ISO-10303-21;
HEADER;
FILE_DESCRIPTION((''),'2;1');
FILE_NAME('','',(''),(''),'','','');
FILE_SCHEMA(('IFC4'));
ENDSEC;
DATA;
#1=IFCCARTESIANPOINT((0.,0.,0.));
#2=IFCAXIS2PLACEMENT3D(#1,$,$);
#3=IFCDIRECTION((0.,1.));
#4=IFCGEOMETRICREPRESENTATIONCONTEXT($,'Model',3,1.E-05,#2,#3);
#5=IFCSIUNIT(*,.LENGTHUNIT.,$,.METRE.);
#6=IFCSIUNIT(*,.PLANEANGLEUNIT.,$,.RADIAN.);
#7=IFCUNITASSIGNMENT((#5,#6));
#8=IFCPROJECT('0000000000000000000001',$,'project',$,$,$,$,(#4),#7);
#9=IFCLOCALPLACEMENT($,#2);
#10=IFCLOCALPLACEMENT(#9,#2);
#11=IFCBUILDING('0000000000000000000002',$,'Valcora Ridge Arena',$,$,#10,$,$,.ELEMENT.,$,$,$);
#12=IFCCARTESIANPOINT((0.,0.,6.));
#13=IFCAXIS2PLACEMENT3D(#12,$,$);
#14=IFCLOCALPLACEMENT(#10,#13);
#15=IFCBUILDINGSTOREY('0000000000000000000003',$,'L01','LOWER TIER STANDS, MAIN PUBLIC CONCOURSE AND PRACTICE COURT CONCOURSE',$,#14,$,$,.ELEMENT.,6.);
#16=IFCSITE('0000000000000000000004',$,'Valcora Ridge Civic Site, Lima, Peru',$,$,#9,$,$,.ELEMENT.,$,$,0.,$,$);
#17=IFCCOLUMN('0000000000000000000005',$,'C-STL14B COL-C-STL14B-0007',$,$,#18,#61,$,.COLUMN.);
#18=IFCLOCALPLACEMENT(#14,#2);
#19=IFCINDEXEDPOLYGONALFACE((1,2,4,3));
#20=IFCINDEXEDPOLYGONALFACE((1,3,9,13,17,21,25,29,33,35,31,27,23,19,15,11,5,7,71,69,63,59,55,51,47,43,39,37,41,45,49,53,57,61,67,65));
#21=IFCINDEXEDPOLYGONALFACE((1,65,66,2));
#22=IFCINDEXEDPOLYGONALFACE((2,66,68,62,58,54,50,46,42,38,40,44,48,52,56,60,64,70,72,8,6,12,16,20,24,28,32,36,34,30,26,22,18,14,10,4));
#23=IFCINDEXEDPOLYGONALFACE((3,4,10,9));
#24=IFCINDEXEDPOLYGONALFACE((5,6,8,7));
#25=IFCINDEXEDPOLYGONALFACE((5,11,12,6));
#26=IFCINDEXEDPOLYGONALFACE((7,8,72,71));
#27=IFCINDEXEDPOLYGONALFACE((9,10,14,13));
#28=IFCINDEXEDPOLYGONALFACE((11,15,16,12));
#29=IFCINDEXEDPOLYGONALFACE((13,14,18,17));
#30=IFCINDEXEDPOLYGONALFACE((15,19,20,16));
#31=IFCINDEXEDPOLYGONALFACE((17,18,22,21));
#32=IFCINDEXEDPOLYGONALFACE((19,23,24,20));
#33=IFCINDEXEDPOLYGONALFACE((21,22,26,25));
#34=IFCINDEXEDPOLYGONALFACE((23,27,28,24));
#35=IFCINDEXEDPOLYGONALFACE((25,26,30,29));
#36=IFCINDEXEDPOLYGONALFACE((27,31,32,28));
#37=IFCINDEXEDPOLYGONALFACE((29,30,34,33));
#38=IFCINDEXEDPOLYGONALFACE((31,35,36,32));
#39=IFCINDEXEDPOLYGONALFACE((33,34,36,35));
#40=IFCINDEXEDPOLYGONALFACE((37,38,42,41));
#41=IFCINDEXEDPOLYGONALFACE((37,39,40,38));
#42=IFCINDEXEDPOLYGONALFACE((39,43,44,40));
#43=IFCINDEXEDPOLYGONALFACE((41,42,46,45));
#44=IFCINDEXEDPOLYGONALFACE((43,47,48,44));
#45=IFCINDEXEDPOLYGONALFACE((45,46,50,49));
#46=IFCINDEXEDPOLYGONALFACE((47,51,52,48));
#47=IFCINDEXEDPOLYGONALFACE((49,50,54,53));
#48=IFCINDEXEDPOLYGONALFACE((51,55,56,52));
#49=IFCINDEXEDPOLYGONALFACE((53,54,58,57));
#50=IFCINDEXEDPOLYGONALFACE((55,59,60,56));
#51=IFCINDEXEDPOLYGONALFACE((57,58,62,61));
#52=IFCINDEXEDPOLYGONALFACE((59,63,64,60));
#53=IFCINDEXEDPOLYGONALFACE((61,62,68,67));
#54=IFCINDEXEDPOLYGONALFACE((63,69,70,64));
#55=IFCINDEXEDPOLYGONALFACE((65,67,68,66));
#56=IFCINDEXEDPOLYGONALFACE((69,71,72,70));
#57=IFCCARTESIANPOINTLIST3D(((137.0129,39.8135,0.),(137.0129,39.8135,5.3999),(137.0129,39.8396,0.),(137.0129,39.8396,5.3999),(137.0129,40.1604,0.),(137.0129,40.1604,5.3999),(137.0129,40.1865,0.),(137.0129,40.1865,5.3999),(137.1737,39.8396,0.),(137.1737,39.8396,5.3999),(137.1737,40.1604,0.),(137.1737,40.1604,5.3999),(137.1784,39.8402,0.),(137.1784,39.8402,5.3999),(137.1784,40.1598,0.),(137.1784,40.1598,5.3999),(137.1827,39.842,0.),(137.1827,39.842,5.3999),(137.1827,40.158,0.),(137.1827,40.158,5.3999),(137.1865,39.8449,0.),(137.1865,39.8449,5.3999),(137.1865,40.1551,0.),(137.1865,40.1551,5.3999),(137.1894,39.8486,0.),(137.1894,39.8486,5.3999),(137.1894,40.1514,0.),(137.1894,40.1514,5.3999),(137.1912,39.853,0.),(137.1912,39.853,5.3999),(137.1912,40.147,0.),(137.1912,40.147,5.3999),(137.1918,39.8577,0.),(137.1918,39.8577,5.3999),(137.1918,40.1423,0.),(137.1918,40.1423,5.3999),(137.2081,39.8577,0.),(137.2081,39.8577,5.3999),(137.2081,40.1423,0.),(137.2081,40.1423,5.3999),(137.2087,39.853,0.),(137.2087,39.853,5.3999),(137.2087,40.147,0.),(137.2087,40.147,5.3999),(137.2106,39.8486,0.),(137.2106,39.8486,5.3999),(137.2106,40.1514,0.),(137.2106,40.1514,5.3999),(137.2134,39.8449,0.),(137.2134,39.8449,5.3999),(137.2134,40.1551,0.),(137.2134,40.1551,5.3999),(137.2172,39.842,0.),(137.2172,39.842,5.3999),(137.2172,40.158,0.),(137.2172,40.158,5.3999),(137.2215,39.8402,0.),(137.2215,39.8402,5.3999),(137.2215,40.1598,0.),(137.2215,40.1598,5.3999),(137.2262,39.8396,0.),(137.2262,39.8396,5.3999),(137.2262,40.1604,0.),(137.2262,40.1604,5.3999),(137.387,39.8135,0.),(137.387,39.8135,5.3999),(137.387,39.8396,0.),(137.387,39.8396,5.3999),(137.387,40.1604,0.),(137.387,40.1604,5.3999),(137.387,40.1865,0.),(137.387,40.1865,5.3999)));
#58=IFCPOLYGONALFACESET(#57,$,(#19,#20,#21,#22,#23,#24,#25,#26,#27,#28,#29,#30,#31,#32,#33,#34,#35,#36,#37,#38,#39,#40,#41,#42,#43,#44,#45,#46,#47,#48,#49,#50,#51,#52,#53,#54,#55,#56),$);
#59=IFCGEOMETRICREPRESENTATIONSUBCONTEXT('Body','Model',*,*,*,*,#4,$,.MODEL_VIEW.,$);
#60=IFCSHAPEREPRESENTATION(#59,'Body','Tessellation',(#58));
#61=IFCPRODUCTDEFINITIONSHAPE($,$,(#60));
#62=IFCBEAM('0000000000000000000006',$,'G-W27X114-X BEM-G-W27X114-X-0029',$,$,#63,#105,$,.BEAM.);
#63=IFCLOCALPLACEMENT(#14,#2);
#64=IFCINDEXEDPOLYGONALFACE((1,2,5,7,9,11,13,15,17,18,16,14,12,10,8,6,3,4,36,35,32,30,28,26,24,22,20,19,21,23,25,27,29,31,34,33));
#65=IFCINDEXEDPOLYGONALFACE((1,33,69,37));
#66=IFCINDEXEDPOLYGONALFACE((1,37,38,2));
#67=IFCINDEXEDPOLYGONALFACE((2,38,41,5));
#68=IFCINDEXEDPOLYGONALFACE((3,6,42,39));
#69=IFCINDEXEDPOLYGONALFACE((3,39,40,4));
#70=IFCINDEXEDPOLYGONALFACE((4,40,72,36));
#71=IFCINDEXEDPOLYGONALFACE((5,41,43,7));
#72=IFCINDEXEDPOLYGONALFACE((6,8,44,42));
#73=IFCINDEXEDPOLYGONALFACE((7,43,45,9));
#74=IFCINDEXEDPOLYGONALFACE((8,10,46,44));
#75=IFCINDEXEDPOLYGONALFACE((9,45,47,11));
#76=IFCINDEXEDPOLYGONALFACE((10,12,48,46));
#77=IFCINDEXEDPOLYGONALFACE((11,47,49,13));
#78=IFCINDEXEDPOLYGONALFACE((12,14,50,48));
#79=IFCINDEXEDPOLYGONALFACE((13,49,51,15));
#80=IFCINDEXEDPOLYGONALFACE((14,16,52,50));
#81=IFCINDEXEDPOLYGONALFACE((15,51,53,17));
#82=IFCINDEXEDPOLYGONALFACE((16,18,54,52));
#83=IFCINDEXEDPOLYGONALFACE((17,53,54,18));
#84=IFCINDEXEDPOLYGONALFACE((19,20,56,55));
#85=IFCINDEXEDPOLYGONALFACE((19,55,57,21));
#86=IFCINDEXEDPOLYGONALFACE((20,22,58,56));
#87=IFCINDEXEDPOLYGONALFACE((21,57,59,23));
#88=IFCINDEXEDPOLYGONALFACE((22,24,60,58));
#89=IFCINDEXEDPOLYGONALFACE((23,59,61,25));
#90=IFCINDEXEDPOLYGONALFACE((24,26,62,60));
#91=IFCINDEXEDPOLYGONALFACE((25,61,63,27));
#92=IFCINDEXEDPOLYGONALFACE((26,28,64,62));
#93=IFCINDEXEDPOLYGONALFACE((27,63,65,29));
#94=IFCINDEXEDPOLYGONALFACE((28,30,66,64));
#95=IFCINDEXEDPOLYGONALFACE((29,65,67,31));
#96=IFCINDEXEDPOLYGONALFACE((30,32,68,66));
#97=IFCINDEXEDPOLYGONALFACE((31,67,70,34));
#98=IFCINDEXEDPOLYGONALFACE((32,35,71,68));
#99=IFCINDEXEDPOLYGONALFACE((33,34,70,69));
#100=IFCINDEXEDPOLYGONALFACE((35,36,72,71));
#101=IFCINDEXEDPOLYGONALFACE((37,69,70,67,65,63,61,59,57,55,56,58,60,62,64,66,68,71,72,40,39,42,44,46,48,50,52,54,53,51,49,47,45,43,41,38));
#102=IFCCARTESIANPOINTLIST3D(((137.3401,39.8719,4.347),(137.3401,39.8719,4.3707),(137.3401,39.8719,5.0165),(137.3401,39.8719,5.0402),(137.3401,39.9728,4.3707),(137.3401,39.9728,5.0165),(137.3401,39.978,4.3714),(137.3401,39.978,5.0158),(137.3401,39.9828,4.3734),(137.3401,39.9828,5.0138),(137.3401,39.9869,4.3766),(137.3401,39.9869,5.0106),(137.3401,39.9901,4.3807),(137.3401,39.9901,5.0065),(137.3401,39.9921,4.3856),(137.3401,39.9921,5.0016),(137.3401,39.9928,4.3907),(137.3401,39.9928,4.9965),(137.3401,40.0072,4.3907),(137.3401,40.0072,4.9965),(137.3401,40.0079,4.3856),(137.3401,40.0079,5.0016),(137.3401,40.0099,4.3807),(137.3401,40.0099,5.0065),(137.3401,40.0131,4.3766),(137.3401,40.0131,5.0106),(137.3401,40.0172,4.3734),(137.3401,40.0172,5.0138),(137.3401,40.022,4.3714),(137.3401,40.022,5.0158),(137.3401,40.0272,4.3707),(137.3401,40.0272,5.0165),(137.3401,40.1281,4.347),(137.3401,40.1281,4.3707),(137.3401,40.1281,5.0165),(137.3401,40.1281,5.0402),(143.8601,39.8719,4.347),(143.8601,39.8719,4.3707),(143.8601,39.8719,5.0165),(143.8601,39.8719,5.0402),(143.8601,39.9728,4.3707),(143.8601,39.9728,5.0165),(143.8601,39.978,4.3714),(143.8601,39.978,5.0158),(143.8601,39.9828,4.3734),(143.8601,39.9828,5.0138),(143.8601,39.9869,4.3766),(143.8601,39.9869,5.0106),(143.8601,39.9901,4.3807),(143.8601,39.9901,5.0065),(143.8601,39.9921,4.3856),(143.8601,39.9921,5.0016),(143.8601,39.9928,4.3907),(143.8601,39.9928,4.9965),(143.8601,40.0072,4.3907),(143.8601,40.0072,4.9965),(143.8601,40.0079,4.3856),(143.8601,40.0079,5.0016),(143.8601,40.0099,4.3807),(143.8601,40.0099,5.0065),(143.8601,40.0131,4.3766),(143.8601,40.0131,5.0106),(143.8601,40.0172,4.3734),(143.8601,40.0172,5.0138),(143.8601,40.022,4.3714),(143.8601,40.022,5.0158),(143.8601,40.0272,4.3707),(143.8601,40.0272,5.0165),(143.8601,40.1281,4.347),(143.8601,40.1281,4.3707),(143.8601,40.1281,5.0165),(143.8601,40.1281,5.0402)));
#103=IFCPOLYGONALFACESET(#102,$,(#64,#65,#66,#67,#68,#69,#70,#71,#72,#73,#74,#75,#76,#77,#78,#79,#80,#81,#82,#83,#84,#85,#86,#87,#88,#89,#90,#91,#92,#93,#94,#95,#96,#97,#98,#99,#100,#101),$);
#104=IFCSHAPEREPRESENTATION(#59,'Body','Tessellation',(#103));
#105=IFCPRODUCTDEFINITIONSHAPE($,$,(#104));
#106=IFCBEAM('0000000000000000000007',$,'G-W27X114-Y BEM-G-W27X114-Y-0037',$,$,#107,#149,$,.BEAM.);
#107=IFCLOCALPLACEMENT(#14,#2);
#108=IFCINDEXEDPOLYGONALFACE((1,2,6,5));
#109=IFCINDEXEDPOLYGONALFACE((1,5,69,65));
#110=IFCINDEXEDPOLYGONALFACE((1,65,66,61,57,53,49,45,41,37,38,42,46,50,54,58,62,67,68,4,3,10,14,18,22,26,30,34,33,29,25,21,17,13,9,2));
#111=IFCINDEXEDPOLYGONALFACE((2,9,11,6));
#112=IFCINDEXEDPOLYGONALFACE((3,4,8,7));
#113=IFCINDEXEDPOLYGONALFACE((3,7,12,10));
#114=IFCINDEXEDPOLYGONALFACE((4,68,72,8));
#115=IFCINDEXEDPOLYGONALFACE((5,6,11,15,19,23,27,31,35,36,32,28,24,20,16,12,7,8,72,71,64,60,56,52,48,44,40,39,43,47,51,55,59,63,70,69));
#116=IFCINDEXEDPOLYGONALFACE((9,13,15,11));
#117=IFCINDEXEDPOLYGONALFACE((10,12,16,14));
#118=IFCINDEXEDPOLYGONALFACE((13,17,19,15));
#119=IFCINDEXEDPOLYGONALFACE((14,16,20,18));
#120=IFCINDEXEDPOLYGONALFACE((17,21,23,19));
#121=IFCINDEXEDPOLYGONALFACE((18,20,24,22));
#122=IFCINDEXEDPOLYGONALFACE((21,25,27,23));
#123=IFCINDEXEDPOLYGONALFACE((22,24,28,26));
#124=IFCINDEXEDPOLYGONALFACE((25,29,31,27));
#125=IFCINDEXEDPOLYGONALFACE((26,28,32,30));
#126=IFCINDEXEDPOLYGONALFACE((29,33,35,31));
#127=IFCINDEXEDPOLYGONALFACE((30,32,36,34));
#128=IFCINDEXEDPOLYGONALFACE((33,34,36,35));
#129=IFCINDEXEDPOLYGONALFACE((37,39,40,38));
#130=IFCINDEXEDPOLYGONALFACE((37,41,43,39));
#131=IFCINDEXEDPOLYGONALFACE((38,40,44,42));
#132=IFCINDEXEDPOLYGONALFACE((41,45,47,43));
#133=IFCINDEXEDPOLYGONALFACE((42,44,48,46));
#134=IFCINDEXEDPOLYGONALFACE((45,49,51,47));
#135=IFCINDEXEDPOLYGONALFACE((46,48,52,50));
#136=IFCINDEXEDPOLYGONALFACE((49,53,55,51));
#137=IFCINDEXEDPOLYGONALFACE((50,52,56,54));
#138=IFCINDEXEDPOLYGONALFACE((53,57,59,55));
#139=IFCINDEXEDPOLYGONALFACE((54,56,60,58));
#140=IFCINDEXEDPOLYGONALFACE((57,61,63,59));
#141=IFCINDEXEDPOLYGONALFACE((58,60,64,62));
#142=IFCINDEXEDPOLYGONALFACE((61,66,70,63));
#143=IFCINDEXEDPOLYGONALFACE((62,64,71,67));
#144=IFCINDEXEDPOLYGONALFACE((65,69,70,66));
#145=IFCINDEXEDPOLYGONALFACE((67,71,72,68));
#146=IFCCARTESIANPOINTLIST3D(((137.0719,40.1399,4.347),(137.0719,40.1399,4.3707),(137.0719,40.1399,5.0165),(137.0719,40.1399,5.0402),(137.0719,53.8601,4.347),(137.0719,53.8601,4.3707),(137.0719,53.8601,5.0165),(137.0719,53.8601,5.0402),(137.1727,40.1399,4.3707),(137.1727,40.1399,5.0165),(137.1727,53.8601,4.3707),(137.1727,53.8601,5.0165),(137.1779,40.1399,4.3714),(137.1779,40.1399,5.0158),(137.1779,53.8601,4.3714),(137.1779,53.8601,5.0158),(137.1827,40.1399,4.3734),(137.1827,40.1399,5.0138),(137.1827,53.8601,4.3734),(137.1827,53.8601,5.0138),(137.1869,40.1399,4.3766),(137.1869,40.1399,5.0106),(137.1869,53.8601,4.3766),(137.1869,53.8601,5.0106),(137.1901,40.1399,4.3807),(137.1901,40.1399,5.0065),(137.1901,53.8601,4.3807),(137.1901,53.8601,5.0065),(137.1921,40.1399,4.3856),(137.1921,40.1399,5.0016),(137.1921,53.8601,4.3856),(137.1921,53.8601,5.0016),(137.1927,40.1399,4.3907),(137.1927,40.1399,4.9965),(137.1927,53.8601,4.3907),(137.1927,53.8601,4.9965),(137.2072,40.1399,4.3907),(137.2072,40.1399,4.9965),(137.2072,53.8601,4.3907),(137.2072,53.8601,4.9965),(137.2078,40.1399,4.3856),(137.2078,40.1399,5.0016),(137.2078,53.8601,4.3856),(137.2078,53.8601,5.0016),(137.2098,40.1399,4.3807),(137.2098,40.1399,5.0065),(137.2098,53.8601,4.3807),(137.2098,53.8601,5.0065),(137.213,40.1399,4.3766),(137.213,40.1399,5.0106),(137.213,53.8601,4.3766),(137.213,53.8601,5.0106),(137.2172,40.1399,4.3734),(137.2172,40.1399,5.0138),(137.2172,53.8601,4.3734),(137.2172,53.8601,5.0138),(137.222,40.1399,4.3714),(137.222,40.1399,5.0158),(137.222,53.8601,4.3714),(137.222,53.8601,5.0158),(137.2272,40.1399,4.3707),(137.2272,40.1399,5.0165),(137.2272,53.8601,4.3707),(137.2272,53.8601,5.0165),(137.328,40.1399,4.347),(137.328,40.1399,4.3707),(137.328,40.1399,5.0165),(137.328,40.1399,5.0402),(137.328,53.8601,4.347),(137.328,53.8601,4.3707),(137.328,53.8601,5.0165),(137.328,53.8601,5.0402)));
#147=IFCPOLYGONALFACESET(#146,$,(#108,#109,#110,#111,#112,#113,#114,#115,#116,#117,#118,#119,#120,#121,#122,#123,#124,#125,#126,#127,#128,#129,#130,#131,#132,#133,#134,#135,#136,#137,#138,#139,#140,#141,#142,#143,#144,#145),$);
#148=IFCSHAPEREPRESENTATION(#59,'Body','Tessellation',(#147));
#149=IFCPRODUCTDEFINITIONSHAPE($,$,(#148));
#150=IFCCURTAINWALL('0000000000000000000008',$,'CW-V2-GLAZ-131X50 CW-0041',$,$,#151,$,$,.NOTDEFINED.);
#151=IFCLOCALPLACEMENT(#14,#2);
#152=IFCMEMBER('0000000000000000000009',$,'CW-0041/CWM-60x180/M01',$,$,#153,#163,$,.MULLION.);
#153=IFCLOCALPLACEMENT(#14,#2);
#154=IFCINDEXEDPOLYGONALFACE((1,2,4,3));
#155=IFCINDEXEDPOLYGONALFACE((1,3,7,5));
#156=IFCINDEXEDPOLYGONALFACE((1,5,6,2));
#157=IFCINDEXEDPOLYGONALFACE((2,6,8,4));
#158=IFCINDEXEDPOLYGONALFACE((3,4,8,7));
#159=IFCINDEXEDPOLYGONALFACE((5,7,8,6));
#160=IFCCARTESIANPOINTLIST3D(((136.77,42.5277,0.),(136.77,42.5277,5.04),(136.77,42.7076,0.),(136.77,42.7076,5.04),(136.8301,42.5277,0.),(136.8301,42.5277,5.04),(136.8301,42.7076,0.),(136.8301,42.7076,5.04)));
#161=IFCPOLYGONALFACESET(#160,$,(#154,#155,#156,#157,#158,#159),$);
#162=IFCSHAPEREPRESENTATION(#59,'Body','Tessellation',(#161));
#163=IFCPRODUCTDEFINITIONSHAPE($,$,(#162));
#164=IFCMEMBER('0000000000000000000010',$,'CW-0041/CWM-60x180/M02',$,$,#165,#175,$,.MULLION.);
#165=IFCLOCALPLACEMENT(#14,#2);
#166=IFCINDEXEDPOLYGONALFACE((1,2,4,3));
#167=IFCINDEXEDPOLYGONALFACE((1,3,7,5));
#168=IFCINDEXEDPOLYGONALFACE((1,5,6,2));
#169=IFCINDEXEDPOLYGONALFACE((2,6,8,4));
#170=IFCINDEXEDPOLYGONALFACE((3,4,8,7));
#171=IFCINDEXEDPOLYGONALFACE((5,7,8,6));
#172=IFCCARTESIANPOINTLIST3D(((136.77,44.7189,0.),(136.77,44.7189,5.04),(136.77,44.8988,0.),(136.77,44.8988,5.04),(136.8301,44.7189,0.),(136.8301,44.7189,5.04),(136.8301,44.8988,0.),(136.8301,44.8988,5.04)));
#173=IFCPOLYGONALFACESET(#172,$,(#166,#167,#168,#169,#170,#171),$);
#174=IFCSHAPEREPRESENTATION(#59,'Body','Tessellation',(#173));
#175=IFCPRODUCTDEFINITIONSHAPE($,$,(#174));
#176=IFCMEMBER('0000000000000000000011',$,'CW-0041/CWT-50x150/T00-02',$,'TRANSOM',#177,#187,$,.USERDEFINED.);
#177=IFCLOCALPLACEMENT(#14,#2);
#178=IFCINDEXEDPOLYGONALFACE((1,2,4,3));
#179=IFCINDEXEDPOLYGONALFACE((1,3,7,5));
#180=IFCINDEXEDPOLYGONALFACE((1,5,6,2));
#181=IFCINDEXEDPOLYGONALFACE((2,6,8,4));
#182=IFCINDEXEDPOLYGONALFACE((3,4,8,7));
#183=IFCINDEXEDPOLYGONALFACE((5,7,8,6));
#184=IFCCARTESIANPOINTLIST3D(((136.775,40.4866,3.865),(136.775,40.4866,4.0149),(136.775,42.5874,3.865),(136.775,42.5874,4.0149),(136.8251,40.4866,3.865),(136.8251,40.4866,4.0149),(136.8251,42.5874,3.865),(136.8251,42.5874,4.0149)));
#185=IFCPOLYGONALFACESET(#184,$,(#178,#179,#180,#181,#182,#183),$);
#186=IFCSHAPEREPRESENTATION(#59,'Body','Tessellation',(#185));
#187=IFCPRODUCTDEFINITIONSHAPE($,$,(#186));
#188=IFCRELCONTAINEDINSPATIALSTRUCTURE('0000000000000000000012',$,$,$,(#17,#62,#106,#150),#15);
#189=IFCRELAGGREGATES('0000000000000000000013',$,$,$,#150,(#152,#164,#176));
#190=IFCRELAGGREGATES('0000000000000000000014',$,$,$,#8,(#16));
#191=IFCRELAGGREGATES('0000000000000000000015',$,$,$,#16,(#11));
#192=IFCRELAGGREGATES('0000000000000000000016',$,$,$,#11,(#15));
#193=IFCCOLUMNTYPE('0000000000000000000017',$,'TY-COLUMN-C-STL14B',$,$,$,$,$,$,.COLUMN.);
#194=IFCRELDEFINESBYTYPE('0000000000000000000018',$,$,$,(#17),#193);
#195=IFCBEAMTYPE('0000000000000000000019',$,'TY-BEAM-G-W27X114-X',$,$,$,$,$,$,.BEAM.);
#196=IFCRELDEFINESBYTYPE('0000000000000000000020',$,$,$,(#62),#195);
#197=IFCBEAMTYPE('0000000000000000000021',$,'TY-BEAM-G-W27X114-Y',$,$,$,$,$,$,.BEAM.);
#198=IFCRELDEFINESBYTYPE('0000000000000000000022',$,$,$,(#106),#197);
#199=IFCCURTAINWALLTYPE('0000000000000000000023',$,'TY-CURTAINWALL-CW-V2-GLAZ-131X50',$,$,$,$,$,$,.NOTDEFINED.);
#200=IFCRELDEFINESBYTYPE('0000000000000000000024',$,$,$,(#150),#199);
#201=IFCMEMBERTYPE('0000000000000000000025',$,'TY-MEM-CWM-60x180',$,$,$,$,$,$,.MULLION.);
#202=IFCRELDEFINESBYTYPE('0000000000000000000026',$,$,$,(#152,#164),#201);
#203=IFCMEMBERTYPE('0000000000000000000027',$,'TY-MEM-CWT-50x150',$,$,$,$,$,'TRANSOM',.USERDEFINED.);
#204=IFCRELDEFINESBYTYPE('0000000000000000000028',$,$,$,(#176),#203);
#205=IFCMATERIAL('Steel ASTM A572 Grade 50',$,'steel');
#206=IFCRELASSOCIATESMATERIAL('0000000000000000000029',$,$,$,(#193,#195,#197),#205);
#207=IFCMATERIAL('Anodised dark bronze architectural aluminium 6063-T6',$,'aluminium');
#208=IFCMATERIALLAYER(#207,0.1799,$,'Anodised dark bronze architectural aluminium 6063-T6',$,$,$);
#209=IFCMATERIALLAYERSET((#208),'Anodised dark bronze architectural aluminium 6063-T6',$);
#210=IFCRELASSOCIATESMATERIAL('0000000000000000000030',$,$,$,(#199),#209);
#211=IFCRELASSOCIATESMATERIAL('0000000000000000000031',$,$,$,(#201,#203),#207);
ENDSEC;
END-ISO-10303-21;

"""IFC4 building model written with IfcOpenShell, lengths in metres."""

from ifc_helpers import new_model, si_unit, direction, frame, origin, origin_2d, place, context, subcontext, project, spatial, rectangle, i_section, extrude, material, layer, layer_set, material_profile, profile_set, type_object, element, aggregate, save


model = new_model("IFC4")

# Units and contexts
model_context = context("Model", 3, precision=1e-05, world=origin(), true_north=direction((0.0, 1.0)))
body_context = subcontext(model_context, "Body", "Model", "MODEL_VIEW")
ifc_project = project(units=[si_unit("LENGTHUNIT", "METRE"), si_unit("PLANEANGLEUNIT", "RADIAN")], contexts=[model_context])

# Site, building, storey
site_placement = place(None, origin())
site = spatial("IfcSite", under=ifc_project, at=site_placement, Name="Valcora Ridge Civic Site, Lima, Peru", CompositionType="ELEMENT", RefElevation=0.0)
building_placement = place(site_placement, origin())
building = spatial("IfcBuilding", under=site, at=building_placement, Name="Valcora Ridge Arena", CompositionType="ELEMENT")
storey_placement = place(building_placement, frame((0.0, 0.0, 6.0)))
storey = spatial("IfcBuildingStorey", under=building, at=storey_placement, Name="L01", Description="LOWER TIER STANDS, MAIN PUBLIC CONCOURSE AND PRACTICE COURT CONCOURSE", CompositionType="ELEMENT", Elevation=6.0)

# Column
ifc_material_1 = material(Name="Steel ASTM A572 Grade 50", Category="steel")
ifc_material_profile_1 = material_profile(ifc_material_1, i_section(OverallWidth=0.374, OverallDepth=0.373, WebThickness=0.0164, FlangeThickness=0.0261, FilletRadius=0.0181, at=origin_2d()), Name="W14X132")
ifc_profile_set_1 = profile_set([ifc_material_profile_1], Name="Steel ASTM A572 Grade 50")
column_type = type_object("IfcColumnType", Name="TY-COLUMN-C-STL14B", PredefinedType="COLUMN", material=ifc_profile_set_1)
column_placement = place(storey_placement, frame((137.2, 40.0, 0.0), z_axis=(0.0, 0.0, 1.0), x_axis=(1.0, 0.0, 0.0)))
element("IfcColumn", 1, at=column_placement, inside=storey, type_object=column_type, Name="C-STL14B COL-C-STL14B-0007", PredefinedType="COLUMN", context=body_context, shape_type="SweptSolid", body=[
    extrude(i_section(OverallWidth=0.374, OverallDepth=0.373, WebThickness=0.0164, FlangeThickness=0.0261, FilletRadius=0.0181, at=origin_2d()), origin(), (0.0, 0.0, 1.0), 5.3999),
])

# Beams
ifc_material_profile_2 = material_profile(ifc_material_1, i_section(OverallWidth=0.2561, OverallDepth=0.6931, WebThickness=0.0144, FlangeThickness=0.0237, FilletRadius=0.02, at=origin_2d()), Name="W27X114")
ifc_profile_set_2 = profile_set([ifc_material_profile_2], Name="Steel ASTM A572 Grade 50")
beam_type_1 = type_object("IfcBeamType", Name="TY-BEAM-G-W27X114-X", PredefinedType="BEAM", material=ifc_profile_set_2)
beam_1_placement = place(storey_placement, frame((137.3401, 40.0, 4.6936), z_axis=(1.0, 0.0, 0.0), x_axis=(0.0, 1.0, 0.0)))
element("IfcBeam", 2, at=beam_1_placement, inside=storey, type_object=beam_type_1, Name="G-W27X114-X BEM-G-W27X114-X-0029", PredefinedType="BEAM", context=body_context, shape_type="SweptSolid", body=[
    extrude(i_section(OverallWidth=0.2561, OverallDepth=0.6931, WebThickness=0.0144, FlangeThickness=0.0237, FilletRadius=0.02, at=origin_2d()), origin(), (0.0, 0.0, 1.0), 6.52),
])
ifc_material_profile_3 = material_profile(ifc_material_1, i_section(OverallWidth=0.2561, OverallDepth=0.6931, WebThickness=0.0144, FlangeThickness=0.0237, FilletRadius=0.02, at=origin_2d()), Name="W27X114")
ifc_profile_set_3 = profile_set([ifc_material_profile_3], Name="Steel ASTM A572 Grade 50")
beam_type_2 = type_object("IfcBeamType", Name="TY-BEAM-G-W27X114-Y", PredefinedType="BEAM", material=ifc_profile_set_3)
beam_2_placement = place(storey_placement, frame((137.2, 40.1399, 4.6936), z_axis=(0.0, 1.0, 0.0), x_axis=(-1.0, 0.0, 0.0)))
element("IfcBeam", 3, at=beam_2_placement, inside=storey, type_object=beam_type_2, Name="G-W27X114-Y BEM-G-W27X114-Y-0037", PredefinedType="BEAM", context=body_context, shape_type="SweptSolid", body=[
    extrude(i_section(OverallWidth=0.2561, OverallDepth=0.6931, WebThickness=0.0144, FlangeThickness=0.0237, FilletRadius=0.02, at=origin_2d()), origin(), (0.0, 0.0, 1.0), 13.7202),
])

# Curtain wall, members
ifc_material_2 = material(Name="Anodised dark bronze architectural aluminium 6063-T6", Category="aluminium")
ifc_layer_1 = layer(ifc_material_2, 0.1799, Name="Anodised dark bronze architectural aluminium 6063-T6")
ifc_layer_set_1 = layer_set([ifc_layer_1], Name="Anodised dark bronze architectural aluminium 6063-T6")
curtain_wall_type = type_object("IfcCurtainWallType", Name="TY-CURTAINWALL-CW-V2-GLAZ-131X50", PredefinedType="NOTDEFINED", material=ifc_layer_set_1)
curtain_wall_placement = place(storey_placement, origin())
curtain_wall = element("IfcCurtainWall", 4, at=curtain_wall_placement, inside=storey, type_object=curtain_wall_type, Name="CW-V2-GLAZ-131X50 CW-0041", PredefinedType="NOTDEFINED")
ifc_material_profile_4 = material_profile(ifc_material_2, rectangle(XDim=0.0601, YDim=0.1799, at=origin_2d()), Name="ALU MULLION 60x180")
ifc_profile_set_4 = profile_set([ifc_material_profile_4], Name="Anodised dark bronze architectural aluminium 6063-T6")
member_type_1 = type_object("IfcMemberType", Name="TY-MEM-CWM-60x180", PredefinedType="MULLION", material=ifc_profile_set_4)
member_1_placement = place(storey_placement, frame((136.8, 42.6177, 0.0), z_axis=(0.0, 0.0, 1.0), x_axis=(-1.0, 0.0, 0.0)))
member_1 = element("IfcMember", 5, at=member_1_placement, type_object=member_type_1, Name="CW-0041/CWM-60x180/M01", PredefinedType="MULLION", context=body_context, shape_type="SweptSolid", body=[
    extrude(rectangle(XDim=0.0601, YDim=0.1799, at=origin_2d()), origin(), (0.0, 0.0, 1.0), 5.04),
])
member_2_placement = place(storey_placement, frame((136.8, 44.8088, 0.0), z_axis=(0.0, 0.0, 1.0), x_axis=(-1.0, 0.0, 0.0)))
member_2 = element("IfcMember", 6, at=member_2_placement, type_object=member_type_1, Name="CW-0041/CWM-60x180/M02", PredefinedType="MULLION", context=body_context, shape_type="SweptSolid", body=[
    extrude(rectangle(XDim=0.0601, YDim=0.1799, at=origin_2d()), origin(), (0.0, 0.0, 1.0), 5.04),
])
ifc_material_profile_5 = material_profile(ifc_material_2, rectangle(XDim=0.05, YDim=0.1499, at=origin_2d()), Name="ALU TRANSOM 50x150")
ifc_profile_set_5 = profile_set([ifc_material_profile_5], Name="Anodised dark bronze architectural aluminium 6063-T6")
member_type_2 = type_object("IfcMemberType", Name="TY-MEM-CWT-50x150", ElementType="TRANSOM", PredefinedType="USERDEFINED", material=ifc_profile_set_5)
member_3_placement = place(storey_placement, frame((136.8, 40.4866, 3.9399), z_axis=(0.0, 1.0, 0.0), x_axis=(-1.0, 0.0, 0.0)))
member_3 = element("IfcMember", 7, at=member_3_placement, type_object=member_type_2, Name="CW-0041/CWT-50x150/T00-02", ObjectType="TRANSOM", PredefinedType="USERDEFINED", context=body_context, shape_type="SweptSolid", body=[
    extrude(rectangle(XDim=0.05, YDim=0.1499, at=origin_2d()), origin(), (0.0, 0.0, 1.0), 2.1008),
])
aggregate(curtain_wall, [member_1, member_2, member_3])

save(model, "model.ifc")
